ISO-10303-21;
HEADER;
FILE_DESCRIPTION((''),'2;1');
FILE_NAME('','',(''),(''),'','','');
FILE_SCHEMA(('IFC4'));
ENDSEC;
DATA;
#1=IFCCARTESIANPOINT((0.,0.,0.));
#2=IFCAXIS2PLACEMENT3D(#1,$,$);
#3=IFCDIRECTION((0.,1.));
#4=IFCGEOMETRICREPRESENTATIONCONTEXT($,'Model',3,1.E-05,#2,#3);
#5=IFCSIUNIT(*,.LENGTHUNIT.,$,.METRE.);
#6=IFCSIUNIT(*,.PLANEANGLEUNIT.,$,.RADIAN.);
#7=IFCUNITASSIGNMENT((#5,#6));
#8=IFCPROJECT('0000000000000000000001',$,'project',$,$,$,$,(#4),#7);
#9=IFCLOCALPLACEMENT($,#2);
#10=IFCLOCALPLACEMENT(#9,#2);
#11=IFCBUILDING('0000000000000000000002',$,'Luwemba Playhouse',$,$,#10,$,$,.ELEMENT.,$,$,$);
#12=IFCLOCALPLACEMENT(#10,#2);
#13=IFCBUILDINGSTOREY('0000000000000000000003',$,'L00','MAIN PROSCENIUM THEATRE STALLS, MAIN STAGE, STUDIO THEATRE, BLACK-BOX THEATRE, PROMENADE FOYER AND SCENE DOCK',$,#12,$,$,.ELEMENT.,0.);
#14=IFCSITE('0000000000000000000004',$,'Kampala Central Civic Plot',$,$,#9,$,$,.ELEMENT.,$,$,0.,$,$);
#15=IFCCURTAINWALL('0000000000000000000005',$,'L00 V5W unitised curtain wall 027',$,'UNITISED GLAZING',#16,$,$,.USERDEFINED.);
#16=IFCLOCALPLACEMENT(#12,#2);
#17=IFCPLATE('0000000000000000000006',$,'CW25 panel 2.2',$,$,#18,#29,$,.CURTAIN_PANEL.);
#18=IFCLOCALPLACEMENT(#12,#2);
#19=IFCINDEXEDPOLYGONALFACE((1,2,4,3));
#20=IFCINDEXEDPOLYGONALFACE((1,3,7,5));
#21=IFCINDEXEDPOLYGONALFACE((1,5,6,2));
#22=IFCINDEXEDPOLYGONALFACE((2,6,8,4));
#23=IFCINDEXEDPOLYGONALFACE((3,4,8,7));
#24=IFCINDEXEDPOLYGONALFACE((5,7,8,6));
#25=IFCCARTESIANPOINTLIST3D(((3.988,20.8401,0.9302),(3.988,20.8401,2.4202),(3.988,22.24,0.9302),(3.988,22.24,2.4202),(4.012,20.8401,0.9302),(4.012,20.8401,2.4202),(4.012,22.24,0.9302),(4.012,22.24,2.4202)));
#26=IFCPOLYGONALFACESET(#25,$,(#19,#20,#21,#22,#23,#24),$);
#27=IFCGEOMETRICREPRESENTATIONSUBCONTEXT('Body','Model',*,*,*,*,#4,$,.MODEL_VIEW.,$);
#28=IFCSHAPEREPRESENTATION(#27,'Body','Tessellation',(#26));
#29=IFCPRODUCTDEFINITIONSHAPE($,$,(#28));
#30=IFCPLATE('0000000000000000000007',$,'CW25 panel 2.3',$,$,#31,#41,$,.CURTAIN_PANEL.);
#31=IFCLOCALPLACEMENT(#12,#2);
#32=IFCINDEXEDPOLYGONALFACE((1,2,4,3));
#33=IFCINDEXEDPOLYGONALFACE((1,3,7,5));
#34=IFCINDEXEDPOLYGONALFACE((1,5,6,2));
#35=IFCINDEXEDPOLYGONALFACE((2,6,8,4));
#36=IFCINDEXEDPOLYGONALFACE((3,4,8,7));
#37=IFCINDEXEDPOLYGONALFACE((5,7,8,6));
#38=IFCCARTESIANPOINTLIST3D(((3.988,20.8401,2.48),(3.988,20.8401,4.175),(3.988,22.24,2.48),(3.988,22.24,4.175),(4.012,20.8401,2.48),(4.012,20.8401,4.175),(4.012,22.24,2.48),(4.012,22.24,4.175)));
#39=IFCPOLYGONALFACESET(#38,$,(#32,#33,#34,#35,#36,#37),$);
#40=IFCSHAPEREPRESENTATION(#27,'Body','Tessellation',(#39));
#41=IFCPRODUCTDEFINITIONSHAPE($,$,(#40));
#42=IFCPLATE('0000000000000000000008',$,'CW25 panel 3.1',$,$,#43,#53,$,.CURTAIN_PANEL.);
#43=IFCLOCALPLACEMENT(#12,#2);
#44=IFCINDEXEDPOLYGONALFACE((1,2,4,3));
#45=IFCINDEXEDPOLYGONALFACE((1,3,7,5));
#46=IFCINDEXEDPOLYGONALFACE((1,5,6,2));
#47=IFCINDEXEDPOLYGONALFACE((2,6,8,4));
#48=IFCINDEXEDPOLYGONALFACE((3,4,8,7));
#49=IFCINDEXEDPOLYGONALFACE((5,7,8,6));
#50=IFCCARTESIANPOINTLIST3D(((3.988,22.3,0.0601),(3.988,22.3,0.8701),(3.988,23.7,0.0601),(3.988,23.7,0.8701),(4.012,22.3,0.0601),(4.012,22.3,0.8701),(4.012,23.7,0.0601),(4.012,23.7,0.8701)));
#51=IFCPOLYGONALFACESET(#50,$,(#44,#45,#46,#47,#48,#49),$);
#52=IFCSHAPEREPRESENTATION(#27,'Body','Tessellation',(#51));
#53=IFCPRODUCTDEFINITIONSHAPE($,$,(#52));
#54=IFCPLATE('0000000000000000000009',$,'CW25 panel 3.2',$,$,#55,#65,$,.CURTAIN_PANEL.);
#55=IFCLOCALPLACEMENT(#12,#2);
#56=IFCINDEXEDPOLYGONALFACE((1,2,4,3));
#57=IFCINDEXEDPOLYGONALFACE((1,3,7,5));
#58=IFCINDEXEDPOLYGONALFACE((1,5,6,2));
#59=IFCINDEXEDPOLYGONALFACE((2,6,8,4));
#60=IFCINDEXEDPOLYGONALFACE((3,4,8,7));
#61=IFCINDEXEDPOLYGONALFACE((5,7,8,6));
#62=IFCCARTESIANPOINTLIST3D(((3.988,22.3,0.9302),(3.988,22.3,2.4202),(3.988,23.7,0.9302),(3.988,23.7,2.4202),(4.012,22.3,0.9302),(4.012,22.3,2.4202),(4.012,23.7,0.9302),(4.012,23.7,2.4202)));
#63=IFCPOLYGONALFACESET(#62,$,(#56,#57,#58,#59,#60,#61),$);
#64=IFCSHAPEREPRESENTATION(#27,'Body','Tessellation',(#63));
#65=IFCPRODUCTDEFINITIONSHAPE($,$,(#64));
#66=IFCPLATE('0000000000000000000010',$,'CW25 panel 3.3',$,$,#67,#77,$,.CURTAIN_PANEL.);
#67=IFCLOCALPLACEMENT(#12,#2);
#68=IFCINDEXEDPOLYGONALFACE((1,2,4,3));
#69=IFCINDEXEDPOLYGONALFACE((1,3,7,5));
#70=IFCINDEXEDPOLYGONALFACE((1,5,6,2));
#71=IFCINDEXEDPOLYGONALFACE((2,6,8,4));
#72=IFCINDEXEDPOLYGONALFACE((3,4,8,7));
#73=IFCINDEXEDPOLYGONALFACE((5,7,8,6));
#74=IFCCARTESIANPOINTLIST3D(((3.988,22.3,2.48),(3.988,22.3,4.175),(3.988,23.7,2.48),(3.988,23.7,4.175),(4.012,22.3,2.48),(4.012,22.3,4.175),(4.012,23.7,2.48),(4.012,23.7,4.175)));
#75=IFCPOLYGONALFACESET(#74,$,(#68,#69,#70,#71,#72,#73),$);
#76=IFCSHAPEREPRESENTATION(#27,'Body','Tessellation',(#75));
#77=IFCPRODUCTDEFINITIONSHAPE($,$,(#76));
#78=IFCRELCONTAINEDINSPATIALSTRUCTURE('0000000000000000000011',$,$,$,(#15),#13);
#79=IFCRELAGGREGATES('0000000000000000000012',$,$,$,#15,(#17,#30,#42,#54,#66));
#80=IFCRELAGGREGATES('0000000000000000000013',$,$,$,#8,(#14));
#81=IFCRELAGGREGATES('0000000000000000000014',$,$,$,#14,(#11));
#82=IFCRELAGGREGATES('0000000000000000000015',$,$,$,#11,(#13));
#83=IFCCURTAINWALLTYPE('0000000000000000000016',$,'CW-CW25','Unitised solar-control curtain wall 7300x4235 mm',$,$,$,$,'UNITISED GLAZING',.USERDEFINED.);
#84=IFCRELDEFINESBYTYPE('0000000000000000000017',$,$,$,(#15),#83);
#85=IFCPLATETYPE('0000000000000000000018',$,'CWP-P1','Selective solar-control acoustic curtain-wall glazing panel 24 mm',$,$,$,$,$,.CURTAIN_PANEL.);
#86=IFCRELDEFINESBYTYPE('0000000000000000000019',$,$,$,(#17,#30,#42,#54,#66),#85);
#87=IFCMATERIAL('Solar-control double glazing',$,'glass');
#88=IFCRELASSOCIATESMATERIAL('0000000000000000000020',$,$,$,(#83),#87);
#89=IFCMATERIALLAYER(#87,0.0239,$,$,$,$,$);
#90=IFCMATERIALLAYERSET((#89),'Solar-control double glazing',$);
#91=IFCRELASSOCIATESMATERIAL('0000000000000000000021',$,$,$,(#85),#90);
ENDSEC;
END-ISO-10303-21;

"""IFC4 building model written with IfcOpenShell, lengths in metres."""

from ifc_helpers import new_model, si_unit, direction, frame, origin, origin_2d, place, context, subcontext, project, spatial, rectangle, extrude, material, layer, layer_set, type_object, element, aggregate, save


model = new_model("IFC4")

# Units and contexts
model_context = context("Model", 3, precision=1e-05, world=origin(), true_north=direction((0.0, 1.0)))
body_context = subcontext(model_context, "Body", "Model", "MODEL_VIEW")
ifc_project = project(units=[si_unit("LENGTHUNIT", "METRE"), si_unit("PLANEANGLEUNIT", "RADIAN")], contexts=[model_context])

# Site, building, storey
site_placement = place(None, origin())
site = spatial("IfcSite", under=ifc_project, at=site_placement, Name="Kampala Central Civic Plot", CompositionType="ELEMENT", RefElevation=0.0)
building_placement = place(site_placement, origin())
building = spatial("IfcBuilding", under=site, at=building_placement, Name="Luwemba Playhouse", CompositionType="ELEMENT")
storey_placement = place(building_placement, origin())
storey = spatial("IfcBuildingStorey", under=building, at=storey_placement, Name="L00", Description="MAIN PROSCENIUM THEATRE STALLS, MAIN STAGE, STUDIO THEATRE, BLACK-BOX THEATRE, PROMENADE FOYER AND SCENE DOCK", CompositionType="ELEMENT", Elevation=0.0)

# Curtain wall, plates
ifc_material_1 = material(Name="Solar-control double glazing", Category="glass")
curtain_wall_type = type_object("IfcCurtainWallType", Name="CW-CW25", Description="Unitised solar-control curtain wall 7300x4235 mm", ElementType="UNITISED GLAZING", PredefinedType="USERDEFINED", material=ifc_material_1)
curtain_wall_placement = place(storey_placement, origin())
curtain_wall = element("IfcCurtainWall", 1, at=curtain_wall_placement, inside=storey, type_object=curtain_wall_type, Name="L00 V5W unitised curtain wall 027", ObjectType="UNITISED GLAZING", PredefinedType="USERDEFINED")
ifc_layer = layer(ifc_material_1, 0.0239)
ifc_layer_set = layer_set([ifc_layer], Name="Solar-control double glazing")
plate_type = type_object("IfcPlateType", Name="CWP-P1", Description="Selective solar-control acoustic curtain-wall glazing panel 24 mm", PredefinedType="CURTAIN_PANEL", material=ifc_layer_set)
plate_1_placement = place(storey_placement, frame((4.0, 21.54, 0.9302), z_axis=(0.0, 0.0, 1.0), x_axis=(0.0, 1.0, 0.0)))
plate_1 = element("IfcPlate", 2, at=plate_1_placement, type_object=plate_type, Name="CW25 panel 2.2", PredefinedType="CURTAIN_PANEL", context=body_context, shape_type="SweptSolid", body=[
    extrude(rectangle(XDim=1.3999, YDim=0.0239, at=origin_2d()), origin(), (0.0, 0.0, 1.0), 1.49),
])
plate_2_placement = place(storey_placement, frame((4.0, 21.54, 2.48), z_axis=(0.0, 0.0, 1.0), x_axis=(0.0, 1.0, 0.0)))
plate_2 = element("IfcPlate", 3, at=plate_2_placement, type_object=plate_type, Name="CW25 panel 2.3", PredefinedType="CURTAIN_PANEL", context=body_context, shape_type="SweptSolid", body=[
    extrude(rectangle(XDim=1.3999, YDim=0.0239, at=origin_2d()), origin(), (0.0, 0.0, 1.0), 1.6951),
])
plate_3_placement = place(storey_placement, frame((4.0, 23.0, 0.0601), z_axis=(0.0, 0.0, 1.0), x_axis=(0.0, 1.0, 0.0)))
plate_3 = element("IfcPlate", 4, at=plate_3_placement, type_object=plate_type, Name="CW25 panel 3.1", PredefinedType="CURTAIN_PANEL", context=body_context, shape_type="SweptSolid", body=[
    extrude(rectangle(XDim=1.3999, YDim=0.0239, at=origin_2d()), origin(), (0.0, 0.0, 1.0), 0.8101),
])
plate_4_placement = place(storey_placement, frame((4.0, 23.0, 0.9302), z_axis=(0.0, 0.0, 1.0), x_axis=(0.0, 1.0, 0.0)))
plate_4 = element("IfcPlate", 5, at=plate_4_placement, type_object=plate_type, Name="CW25 panel 3.2", PredefinedType="CURTAIN_PANEL", context=body_context, shape_type="SweptSolid", body=[
    extrude(rectangle(XDim=1.3999, YDim=0.0239, at=origin_2d()), origin(), (0.0, 0.0, 1.0), 1.49),
])
plate_5_placement = place(storey_placement, frame((4.0, 23.0, 2.48), z_axis=(0.0, 0.0, 1.0), x_axis=(0.0, 1.0, 0.0)))
plate_5 = element("IfcPlate", 6, at=plate_5_placement, type_object=plate_type, Name="CW25 panel 3.3", PredefinedType="CURTAIN_PANEL", context=body_context, shape_type="SweptSolid", body=[
    extrude(rectangle(XDim=1.3999, YDim=0.0239, at=origin_2d()), origin(), (0.0, 0.0, 1.0), 1.6951),
])
aggregate(curtain_wall, [plate_1, plate_2, plate_3, plate_4, plate_5])

save(model, "model.ifc")
